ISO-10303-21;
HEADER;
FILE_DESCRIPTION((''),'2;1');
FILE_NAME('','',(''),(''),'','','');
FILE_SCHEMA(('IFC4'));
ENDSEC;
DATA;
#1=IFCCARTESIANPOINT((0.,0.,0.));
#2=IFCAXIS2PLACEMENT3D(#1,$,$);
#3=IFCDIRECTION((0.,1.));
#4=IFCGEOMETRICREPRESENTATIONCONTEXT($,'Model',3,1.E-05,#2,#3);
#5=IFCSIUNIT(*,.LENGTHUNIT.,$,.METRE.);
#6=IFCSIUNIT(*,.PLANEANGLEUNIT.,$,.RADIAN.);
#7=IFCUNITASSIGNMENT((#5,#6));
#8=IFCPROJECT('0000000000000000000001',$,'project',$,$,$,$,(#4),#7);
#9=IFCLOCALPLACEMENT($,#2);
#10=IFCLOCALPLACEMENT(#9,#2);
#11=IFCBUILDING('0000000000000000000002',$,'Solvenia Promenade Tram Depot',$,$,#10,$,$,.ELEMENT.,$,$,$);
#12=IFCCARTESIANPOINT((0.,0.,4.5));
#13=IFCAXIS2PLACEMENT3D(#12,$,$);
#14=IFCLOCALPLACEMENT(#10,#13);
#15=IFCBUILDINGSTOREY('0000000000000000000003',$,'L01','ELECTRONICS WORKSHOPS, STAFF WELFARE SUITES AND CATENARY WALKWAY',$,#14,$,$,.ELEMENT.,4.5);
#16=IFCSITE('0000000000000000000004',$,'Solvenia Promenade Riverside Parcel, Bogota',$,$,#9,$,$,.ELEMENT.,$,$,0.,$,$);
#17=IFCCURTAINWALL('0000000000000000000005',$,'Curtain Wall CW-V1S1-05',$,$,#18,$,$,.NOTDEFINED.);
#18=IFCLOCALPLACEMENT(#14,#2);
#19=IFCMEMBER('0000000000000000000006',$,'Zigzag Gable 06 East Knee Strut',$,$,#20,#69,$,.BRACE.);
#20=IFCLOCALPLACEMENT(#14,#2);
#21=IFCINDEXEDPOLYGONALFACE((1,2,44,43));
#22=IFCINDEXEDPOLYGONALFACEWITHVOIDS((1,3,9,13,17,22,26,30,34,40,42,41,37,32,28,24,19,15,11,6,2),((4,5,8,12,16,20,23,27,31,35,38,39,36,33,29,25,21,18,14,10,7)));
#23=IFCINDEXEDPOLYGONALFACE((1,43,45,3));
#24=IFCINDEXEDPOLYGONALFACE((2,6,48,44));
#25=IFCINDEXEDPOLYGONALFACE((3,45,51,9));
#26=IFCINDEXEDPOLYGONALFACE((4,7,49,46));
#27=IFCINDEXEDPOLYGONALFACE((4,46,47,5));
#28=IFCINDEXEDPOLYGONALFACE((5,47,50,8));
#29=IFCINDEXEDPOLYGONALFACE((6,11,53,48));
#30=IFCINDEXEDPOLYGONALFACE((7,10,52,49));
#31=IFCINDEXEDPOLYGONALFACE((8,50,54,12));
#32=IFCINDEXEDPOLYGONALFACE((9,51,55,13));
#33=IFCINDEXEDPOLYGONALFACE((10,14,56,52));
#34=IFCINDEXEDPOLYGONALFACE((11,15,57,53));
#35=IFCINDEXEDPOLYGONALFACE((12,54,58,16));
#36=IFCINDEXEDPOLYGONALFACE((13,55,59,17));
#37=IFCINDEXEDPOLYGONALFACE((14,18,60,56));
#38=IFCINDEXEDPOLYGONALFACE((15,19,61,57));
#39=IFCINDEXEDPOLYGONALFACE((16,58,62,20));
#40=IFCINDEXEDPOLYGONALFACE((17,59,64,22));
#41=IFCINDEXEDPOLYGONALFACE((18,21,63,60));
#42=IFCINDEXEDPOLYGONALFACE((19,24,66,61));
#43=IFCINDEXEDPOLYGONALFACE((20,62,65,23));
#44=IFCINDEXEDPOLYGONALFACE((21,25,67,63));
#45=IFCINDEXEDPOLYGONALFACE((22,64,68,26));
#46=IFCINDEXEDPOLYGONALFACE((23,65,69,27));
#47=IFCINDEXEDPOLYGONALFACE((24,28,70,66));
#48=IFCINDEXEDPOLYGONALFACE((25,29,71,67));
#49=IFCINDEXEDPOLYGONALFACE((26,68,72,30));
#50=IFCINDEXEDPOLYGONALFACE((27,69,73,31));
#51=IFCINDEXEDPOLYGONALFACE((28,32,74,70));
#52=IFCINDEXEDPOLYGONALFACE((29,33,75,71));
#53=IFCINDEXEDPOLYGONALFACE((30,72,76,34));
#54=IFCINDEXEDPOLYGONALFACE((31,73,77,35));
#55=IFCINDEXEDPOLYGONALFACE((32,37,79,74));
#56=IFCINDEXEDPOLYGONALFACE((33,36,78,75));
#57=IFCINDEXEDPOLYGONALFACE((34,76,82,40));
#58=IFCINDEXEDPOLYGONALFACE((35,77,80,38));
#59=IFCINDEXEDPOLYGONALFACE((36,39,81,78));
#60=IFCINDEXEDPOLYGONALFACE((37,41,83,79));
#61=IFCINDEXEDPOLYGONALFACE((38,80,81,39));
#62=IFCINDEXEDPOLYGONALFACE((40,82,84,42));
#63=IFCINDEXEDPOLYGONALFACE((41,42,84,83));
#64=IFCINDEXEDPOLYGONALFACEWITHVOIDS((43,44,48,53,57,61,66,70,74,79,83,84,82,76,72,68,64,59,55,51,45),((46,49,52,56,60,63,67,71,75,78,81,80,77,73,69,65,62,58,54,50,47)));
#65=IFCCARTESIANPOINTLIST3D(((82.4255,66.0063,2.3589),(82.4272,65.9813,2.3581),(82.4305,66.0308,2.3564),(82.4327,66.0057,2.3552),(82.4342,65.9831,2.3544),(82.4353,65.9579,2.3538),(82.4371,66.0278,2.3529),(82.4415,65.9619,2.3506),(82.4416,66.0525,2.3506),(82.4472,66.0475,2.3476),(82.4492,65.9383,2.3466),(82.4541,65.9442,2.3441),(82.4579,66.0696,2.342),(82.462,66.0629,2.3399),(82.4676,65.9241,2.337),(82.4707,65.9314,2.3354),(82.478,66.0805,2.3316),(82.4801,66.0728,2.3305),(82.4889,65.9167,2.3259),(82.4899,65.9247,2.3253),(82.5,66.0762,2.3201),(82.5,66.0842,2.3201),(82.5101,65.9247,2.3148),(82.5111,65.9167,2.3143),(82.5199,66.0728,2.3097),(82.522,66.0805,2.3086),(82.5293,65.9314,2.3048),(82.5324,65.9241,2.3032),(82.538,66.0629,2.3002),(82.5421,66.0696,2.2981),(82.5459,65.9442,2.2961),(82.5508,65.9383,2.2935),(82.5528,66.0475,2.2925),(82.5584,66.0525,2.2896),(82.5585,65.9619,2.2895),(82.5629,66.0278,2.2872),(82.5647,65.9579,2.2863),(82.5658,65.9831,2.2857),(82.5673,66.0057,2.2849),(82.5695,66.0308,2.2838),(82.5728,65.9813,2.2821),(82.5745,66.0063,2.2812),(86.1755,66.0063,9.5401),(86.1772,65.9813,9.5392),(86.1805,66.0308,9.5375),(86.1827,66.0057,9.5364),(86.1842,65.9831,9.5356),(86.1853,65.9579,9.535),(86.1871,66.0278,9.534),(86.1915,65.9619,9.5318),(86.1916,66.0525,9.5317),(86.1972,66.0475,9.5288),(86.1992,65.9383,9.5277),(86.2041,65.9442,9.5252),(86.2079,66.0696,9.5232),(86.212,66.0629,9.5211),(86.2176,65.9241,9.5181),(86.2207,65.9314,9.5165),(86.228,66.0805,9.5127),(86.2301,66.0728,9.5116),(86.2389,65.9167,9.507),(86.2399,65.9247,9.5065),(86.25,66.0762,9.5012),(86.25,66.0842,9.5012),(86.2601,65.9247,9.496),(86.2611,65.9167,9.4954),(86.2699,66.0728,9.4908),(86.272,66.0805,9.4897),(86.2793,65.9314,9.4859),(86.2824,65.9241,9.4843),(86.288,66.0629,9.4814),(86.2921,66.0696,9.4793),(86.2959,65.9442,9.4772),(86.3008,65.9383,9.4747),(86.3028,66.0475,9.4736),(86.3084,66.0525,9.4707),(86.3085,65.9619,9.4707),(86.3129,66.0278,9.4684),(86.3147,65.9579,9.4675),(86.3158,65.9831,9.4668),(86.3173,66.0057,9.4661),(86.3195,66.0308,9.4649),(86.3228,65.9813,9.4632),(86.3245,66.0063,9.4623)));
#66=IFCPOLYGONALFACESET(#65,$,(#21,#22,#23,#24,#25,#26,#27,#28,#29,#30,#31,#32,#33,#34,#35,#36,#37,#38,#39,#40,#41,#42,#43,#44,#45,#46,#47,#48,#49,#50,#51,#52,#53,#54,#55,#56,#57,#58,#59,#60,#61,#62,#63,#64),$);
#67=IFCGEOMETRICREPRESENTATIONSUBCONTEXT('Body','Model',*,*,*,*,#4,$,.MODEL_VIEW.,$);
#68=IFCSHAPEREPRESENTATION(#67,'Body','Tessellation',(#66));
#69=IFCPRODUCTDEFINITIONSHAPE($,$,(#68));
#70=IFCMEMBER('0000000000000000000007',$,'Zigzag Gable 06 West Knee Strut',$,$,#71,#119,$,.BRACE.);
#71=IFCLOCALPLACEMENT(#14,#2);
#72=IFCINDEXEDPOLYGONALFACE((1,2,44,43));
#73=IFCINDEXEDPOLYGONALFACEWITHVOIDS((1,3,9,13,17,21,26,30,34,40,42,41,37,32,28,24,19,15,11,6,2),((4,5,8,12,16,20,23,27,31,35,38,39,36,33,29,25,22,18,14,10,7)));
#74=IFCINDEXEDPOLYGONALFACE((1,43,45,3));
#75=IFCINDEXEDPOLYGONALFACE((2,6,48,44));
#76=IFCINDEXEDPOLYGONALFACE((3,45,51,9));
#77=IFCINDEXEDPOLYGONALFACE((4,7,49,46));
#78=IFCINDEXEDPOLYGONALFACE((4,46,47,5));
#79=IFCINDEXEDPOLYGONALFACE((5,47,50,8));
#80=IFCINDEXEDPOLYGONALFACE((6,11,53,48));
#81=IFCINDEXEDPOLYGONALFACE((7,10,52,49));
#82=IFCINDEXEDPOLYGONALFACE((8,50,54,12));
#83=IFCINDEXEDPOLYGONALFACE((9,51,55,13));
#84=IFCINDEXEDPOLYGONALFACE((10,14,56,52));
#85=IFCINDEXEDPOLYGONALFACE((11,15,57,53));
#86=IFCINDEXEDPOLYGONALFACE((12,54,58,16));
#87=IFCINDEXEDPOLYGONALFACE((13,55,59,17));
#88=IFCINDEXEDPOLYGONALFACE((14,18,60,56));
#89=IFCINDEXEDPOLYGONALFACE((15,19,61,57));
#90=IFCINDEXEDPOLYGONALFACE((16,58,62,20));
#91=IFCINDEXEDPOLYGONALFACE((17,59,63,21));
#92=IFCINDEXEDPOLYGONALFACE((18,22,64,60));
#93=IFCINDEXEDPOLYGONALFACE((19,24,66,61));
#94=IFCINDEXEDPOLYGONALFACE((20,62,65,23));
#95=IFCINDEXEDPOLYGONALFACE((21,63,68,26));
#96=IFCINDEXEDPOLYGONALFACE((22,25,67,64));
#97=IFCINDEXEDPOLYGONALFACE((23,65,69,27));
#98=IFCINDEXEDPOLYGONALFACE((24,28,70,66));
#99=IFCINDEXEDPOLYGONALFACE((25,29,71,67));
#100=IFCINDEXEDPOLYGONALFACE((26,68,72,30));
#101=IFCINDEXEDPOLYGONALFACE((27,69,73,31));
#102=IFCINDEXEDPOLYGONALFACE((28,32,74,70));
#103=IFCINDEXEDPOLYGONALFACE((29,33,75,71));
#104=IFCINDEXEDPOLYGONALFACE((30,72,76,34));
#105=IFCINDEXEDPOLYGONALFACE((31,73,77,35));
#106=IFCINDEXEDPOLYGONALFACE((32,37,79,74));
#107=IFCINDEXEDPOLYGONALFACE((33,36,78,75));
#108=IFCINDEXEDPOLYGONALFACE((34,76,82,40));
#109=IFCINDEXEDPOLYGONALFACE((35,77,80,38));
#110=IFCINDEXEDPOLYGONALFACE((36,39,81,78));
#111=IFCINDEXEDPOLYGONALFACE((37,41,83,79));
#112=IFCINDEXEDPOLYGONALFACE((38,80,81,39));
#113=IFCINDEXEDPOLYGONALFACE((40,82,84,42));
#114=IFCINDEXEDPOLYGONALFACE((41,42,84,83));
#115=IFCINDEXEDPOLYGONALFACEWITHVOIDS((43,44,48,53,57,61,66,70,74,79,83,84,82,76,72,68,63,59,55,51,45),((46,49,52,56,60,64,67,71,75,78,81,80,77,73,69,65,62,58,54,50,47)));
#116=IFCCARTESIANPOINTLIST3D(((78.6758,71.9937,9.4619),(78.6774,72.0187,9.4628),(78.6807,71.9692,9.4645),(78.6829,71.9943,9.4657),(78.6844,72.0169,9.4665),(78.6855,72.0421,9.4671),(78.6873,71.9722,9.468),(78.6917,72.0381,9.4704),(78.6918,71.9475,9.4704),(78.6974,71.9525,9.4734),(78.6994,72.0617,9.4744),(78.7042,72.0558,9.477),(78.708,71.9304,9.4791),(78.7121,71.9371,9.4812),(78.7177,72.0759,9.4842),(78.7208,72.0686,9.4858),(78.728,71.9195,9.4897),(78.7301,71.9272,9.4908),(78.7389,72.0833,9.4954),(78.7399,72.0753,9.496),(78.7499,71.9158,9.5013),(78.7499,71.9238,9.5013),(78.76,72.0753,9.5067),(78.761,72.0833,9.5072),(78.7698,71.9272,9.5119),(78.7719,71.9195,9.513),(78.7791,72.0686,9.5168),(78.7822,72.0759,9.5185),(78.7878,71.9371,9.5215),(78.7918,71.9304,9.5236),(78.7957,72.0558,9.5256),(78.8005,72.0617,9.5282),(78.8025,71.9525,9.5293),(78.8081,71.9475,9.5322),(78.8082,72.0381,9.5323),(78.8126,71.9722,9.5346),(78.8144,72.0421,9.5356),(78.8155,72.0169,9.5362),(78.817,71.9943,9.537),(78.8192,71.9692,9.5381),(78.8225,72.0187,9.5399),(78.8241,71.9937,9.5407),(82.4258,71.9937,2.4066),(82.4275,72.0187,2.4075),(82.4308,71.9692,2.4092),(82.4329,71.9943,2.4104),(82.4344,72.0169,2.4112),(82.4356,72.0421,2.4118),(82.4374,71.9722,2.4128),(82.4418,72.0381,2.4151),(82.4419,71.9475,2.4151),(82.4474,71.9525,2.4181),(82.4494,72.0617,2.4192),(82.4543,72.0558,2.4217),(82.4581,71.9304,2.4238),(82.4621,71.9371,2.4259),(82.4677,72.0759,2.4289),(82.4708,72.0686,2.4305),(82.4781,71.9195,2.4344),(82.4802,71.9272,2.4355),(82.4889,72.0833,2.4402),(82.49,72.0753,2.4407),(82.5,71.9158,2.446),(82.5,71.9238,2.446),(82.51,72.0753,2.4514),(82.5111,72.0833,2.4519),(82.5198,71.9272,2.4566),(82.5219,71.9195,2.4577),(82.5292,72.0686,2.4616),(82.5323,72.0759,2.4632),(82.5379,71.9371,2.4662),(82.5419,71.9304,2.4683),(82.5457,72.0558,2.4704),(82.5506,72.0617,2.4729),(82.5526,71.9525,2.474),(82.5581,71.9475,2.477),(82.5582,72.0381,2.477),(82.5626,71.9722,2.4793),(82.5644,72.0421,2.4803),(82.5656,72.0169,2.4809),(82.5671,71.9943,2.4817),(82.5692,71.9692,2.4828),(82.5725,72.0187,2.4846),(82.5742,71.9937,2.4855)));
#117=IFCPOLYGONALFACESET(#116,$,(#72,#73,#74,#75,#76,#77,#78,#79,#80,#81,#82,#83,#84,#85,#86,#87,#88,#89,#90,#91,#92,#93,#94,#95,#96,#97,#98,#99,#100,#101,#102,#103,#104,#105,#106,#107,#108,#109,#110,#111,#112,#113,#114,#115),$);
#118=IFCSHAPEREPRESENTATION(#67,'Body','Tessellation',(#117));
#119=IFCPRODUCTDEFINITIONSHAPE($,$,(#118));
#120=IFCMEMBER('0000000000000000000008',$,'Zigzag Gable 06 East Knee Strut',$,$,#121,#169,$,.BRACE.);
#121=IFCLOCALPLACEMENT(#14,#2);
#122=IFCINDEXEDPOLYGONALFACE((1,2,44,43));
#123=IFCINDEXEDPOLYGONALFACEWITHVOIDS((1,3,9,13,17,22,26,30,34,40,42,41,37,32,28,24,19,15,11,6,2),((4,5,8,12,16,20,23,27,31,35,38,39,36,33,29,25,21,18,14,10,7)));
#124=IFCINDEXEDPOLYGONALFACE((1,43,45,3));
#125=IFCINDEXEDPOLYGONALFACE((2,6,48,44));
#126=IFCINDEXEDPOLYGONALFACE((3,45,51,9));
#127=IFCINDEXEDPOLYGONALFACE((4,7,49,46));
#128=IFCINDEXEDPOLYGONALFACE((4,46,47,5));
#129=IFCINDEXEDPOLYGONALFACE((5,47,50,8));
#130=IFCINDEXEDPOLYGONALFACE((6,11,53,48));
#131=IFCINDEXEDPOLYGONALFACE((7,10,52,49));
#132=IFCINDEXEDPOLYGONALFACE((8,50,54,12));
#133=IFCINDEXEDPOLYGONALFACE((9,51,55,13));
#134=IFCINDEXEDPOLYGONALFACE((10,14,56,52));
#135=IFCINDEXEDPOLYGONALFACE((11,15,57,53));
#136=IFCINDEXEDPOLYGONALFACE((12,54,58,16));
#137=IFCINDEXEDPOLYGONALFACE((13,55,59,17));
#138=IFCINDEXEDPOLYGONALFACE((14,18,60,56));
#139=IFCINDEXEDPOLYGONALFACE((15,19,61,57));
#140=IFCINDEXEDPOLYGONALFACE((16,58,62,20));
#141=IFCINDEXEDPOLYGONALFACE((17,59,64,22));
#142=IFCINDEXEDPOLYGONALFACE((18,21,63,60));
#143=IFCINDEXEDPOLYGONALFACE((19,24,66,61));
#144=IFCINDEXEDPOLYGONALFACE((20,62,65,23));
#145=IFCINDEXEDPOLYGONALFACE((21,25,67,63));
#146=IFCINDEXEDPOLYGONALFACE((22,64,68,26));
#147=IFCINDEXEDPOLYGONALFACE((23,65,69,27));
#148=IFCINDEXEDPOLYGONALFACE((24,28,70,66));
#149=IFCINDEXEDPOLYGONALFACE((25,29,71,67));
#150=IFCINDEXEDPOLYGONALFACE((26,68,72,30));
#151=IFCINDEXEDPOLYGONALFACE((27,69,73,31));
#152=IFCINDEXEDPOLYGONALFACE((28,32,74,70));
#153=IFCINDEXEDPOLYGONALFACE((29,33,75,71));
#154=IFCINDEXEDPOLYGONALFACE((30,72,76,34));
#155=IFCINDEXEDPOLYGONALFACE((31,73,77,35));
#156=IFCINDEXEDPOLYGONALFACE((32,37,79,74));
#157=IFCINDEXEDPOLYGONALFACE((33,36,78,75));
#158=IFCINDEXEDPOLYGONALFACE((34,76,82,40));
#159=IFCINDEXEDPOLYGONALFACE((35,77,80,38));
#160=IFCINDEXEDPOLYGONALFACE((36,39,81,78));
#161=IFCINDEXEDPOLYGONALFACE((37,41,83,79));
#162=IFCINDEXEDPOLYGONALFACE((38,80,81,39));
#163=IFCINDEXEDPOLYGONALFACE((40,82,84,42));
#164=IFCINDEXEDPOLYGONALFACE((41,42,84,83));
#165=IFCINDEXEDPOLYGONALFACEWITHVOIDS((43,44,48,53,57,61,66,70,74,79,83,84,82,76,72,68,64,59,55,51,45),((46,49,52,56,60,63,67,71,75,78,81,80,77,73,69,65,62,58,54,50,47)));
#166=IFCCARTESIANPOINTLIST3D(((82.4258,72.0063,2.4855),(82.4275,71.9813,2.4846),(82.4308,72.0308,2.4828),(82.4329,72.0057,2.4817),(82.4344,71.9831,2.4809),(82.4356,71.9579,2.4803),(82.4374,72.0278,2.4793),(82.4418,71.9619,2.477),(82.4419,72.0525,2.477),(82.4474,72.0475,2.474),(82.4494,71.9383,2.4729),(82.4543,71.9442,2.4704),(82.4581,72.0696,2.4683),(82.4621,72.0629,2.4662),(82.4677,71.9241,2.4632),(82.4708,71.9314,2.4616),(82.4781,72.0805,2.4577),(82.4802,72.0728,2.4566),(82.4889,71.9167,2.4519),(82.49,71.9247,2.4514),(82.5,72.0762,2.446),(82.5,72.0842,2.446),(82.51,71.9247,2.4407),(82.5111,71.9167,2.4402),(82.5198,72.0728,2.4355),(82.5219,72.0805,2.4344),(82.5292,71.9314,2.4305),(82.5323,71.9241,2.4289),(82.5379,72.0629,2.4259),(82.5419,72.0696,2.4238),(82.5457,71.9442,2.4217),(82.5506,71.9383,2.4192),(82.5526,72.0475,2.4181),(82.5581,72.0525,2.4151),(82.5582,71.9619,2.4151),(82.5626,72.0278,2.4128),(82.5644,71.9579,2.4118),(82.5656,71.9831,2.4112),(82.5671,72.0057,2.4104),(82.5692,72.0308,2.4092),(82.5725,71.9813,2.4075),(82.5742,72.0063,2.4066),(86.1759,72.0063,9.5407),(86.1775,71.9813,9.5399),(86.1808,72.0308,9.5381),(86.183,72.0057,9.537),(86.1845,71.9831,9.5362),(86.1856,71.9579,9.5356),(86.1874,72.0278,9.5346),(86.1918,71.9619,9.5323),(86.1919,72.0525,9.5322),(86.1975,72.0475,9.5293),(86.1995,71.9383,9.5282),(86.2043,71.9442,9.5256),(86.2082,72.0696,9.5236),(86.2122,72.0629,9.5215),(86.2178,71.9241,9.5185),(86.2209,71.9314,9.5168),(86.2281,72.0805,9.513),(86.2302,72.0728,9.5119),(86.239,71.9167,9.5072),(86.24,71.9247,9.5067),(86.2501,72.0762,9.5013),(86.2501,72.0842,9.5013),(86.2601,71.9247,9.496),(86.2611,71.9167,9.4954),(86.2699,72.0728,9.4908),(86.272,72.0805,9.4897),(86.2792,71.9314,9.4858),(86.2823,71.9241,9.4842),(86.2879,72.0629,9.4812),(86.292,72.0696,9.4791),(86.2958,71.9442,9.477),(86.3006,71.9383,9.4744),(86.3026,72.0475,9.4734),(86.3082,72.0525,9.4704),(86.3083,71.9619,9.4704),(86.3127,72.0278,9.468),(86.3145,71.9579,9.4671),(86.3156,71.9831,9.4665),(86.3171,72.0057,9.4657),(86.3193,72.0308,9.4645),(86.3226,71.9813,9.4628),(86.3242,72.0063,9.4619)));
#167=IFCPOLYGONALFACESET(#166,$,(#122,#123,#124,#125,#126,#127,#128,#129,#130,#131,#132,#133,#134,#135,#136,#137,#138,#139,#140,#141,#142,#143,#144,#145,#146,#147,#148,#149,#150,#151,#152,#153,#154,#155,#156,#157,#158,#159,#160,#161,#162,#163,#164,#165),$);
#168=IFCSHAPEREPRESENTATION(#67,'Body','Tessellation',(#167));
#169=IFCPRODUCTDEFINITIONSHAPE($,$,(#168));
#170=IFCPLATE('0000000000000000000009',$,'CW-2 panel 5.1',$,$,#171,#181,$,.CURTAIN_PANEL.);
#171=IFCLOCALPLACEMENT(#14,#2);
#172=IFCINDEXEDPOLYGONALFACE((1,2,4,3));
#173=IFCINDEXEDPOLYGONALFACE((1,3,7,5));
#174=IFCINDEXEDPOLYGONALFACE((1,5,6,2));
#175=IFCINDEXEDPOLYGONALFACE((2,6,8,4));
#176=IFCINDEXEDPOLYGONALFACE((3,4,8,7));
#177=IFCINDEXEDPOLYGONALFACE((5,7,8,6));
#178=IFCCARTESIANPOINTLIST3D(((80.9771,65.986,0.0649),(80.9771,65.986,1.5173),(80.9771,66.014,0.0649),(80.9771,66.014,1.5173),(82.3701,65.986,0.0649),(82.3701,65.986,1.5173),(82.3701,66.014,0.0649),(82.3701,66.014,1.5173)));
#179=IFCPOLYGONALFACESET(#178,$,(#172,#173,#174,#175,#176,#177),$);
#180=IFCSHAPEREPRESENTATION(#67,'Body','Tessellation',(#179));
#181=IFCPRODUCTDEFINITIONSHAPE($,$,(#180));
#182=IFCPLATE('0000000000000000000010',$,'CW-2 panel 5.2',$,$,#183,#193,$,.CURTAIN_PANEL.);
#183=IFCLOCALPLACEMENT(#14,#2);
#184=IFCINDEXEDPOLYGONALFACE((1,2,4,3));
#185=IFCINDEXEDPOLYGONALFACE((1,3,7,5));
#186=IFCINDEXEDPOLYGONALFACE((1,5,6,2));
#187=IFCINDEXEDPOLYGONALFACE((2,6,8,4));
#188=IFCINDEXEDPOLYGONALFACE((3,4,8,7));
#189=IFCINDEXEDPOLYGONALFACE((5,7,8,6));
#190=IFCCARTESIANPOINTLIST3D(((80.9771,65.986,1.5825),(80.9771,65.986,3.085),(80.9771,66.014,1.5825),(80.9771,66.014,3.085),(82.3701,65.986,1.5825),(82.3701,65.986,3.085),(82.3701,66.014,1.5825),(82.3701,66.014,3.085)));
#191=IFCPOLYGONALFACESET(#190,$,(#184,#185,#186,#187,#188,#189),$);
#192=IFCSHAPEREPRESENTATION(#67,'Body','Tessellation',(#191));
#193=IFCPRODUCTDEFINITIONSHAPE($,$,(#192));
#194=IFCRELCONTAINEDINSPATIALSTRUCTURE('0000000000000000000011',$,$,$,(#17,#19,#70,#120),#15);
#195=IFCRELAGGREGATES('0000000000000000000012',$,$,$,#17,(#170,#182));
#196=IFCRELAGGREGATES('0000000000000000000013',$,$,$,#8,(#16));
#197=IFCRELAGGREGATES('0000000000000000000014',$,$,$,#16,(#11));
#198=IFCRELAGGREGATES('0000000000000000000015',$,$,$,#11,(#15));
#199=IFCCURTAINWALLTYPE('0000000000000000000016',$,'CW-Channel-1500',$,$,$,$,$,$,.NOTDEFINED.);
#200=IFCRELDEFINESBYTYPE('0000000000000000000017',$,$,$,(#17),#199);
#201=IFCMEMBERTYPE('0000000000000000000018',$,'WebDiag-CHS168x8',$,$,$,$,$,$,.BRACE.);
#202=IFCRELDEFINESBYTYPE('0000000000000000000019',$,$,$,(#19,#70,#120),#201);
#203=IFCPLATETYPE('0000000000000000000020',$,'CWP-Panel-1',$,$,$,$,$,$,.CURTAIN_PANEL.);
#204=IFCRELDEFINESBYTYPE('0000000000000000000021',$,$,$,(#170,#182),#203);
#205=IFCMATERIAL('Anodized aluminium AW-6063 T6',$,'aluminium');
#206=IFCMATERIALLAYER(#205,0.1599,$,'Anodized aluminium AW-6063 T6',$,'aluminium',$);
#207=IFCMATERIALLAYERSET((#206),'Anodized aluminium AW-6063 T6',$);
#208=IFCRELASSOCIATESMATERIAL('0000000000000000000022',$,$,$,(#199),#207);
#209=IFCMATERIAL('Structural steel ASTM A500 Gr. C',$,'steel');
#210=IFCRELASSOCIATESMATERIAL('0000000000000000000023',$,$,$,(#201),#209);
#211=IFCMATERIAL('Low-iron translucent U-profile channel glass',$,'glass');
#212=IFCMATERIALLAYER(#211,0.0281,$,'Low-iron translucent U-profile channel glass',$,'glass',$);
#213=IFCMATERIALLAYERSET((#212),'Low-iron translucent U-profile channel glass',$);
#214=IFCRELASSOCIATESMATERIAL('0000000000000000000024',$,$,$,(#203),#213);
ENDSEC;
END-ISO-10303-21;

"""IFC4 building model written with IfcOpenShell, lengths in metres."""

from ifc_helpers import new_model, si_unit, direction, frame, origin, origin_2d, place, context, subcontext, project, spatial, rectangle, hollow_circle, extrude, material, layer, layer_set, material_profile, profile_set, type_object, element, aggregate, save


model = new_model("IFC4")

# Units and contexts
model_context = context("Model", 3, precision=1e-05, world=origin(), true_north=direction((0.0, 1.0)))
body_context = subcontext(model_context, "Body", "Model", "MODEL_VIEW")
ifc_project = project(units=[si_unit("LENGTHUNIT", "METRE"), si_unit("PLANEANGLEUNIT", "RADIAN")], contexts=[model_context])

# Site, building, storey
site_placement = place(None, origin())
site = spatial("IfcSite", under=ifc_project, at=site_placement, Name="Solvenia Promenade Riverside Parcel, Bogota", CompositionType="ELEMENT", RefElevation=0.0)
building_placement = place(site_placement, origin())
building = spatial("IfcBuilding", under=site, at=building_placement, Name="Solvenia Promenade Tram Depot", CompositionType="ELEMENT")
storey_placement = place(building_placement, frame((0.0, 0.0, 4.5)))
storey = spatial("IfcBuildingStorey", under=building, at=storey_placement, Name="L01", Description="ELECTRONICS WORKSHOPS, STAFF WELFARE SUITES AND CATENARY WALKWAY", CompositionType="ELEMENT", Elevation=4.5)

# Shared definitions
ifc_material_1 = material(Name="Structural steel ASTM A500 Gr. C", Category="steel")

# Curtain wall
ifc_material_2 = material(Name="Anodized aluminium AW-6063 T6", Category="aluminium")
ifc_layer_1 = layer(ifc_material_2, 0.1599, Name="Anodized aluminium AW-6063 T6", Category="aluminium")
ifc_layer_set_1 = layer_set([ifc_layer_1], Name="Anodized aluminium AW-6063 T6")
curtain_wall_type = type_object("IfcCurtainWallType", Name="CW-Channel-1500", PredefinedType="NOTDEFINED", material=ifc_layer_set_1)
curtain_wall_placement = place(storey_placement, origin())
curtain_wall = element("IfcCurtainWall", 1, at=curtain_wall_placement, inside=storey, type_object=curtain_wall_type, Name="Curtain Wall CW-V1S1-05", PredefinedType="NOTDEFINED")

# Members
ifc_material_profile_1 = material_profile(ifc_material_1, hollow_circle(Radius=0.0842, WallThickness=0.0081, at=origin_2d()), Name="CHS168.3x8", Category="steel")
ifc_profile_set_1 = profile_set([ifc_material_profile_1], Name="Structural steel ASTM A500 Gr. C")
member_type_1 = type_object("IfcMemberType", Name="WebDiag-CHS168x8", PredefinedType="BRACE", material=ifc_profile_set_1)
for number, where, z_axis, x_axis, name in (
    (2, (82.5, 66.0, 2.3201), (0.462887, 0.0, 0.886417), (0.0, 1.0, 0.0), "Zigzag Gable 06 East Knee Strut"),
):
    element("IfcMember", number, at=place(storey_placement, frame(where, z_axis=z_axis, x_axis=x_axis)), inside=storey, type_object=member_type_1, Name=name, PredefinedType="BRACE", context=body_context, shape_type="SweptSolid", body=[
        extrude(hollow_circle(Radius=0.0842, WallThickness=0.0081, at=origin_2d()), origin(), (0.0, 0.0, 1.0), 8.1013),
    ])
for number, where, z_axis, x_axis, name in (
    (3, (82.5, 72.0, 2.446), (-0.469344, 0.0, 0.883015), (0.0, -1.0, 0.0), "Zigzag Gable 06 West Knee Strut"),
    (4, (82.5, 72.0, 2.446), (0.469344, 0.0, 0.883015), (0.0, 1.0, 0.0), "Zigzag Gable 06 East Knee Strut"),
):
    element("IfcMember", number, at=place(storey_placement, frame(where, z_axis=z_axis, x_axis=x_axis)), inside=storey, type_object=member_type_1, Name=name, PredefinedType="BRACE", context=body_context, shape_type="SweptSolid", body=[
        extrude(hollow_circle(Radius=0.0842, WallThickness=0.0081, at=origin_2d()), origin(), (0.0, 0.0, 1.0), 7.99),
    ])

# Plates
ifc_material_3 = material(Name="Low-iron translucent U-profile channel glass", Category="glass")
ifc_layer_2 = layer(ifc_material_3, 0.0281, Name="Low-iron translucent U-profile channel glass", Category="glass")
ifc_layer_set_2 = layer_set([ifc_layer_2], Name="Low-iron translucent U-profile channel glass")
plate_type = type_object("IfcPlateType", Name="CWP-Panel-1", PredefinedType="CURTAIN_PANEL", material=ifc_layer_set_2)
plate_1_placement = place(storey_placement, frame((81.6736, 66.0, 0.0649), z_axis=(0.0, 0.0, 1.0), x_axis=(1.0, 0.0, 0.0)))
plate_1 = element("IfcPlate", 5, at=plate_1_placement, type_object=plate_type, Name="CW-2 panel 5.1", PredefinedType="CURTAIN_PANEL", context=body_context, shape_type="SweptSolid", body=[
    extrude(rectangle(XDim=1.3931, YDim=0.0281, at=origin_2d()), origin(), (0.0, 0.0, 1.0), 1.4524),
])
plate_2_placement = place(storey_placement, frame((81.6736, 66.0, 1.5825), z_axis=(0.0, 0.0, 1.0), x_axis=(1.0, 0.0, 0.0)))
plate_2 = element("IfcPlate", 6, at=plate_2_placement, type_object=plate_type, Name="CW-2 panel 5.2", PredefinedType="CURTAIN_PANEL", context=body_context, shape_type="SweptSolid", body=[
    extrude(rectangle(XDim=1.3931, YDim=0.0281, at=origin_2d()), origin(), (0.0, 0.0, 1.0), 1.5024),
])
aggregate(curtain_wall, [plate_1, plate_2])

save(model, "model.ifc")
